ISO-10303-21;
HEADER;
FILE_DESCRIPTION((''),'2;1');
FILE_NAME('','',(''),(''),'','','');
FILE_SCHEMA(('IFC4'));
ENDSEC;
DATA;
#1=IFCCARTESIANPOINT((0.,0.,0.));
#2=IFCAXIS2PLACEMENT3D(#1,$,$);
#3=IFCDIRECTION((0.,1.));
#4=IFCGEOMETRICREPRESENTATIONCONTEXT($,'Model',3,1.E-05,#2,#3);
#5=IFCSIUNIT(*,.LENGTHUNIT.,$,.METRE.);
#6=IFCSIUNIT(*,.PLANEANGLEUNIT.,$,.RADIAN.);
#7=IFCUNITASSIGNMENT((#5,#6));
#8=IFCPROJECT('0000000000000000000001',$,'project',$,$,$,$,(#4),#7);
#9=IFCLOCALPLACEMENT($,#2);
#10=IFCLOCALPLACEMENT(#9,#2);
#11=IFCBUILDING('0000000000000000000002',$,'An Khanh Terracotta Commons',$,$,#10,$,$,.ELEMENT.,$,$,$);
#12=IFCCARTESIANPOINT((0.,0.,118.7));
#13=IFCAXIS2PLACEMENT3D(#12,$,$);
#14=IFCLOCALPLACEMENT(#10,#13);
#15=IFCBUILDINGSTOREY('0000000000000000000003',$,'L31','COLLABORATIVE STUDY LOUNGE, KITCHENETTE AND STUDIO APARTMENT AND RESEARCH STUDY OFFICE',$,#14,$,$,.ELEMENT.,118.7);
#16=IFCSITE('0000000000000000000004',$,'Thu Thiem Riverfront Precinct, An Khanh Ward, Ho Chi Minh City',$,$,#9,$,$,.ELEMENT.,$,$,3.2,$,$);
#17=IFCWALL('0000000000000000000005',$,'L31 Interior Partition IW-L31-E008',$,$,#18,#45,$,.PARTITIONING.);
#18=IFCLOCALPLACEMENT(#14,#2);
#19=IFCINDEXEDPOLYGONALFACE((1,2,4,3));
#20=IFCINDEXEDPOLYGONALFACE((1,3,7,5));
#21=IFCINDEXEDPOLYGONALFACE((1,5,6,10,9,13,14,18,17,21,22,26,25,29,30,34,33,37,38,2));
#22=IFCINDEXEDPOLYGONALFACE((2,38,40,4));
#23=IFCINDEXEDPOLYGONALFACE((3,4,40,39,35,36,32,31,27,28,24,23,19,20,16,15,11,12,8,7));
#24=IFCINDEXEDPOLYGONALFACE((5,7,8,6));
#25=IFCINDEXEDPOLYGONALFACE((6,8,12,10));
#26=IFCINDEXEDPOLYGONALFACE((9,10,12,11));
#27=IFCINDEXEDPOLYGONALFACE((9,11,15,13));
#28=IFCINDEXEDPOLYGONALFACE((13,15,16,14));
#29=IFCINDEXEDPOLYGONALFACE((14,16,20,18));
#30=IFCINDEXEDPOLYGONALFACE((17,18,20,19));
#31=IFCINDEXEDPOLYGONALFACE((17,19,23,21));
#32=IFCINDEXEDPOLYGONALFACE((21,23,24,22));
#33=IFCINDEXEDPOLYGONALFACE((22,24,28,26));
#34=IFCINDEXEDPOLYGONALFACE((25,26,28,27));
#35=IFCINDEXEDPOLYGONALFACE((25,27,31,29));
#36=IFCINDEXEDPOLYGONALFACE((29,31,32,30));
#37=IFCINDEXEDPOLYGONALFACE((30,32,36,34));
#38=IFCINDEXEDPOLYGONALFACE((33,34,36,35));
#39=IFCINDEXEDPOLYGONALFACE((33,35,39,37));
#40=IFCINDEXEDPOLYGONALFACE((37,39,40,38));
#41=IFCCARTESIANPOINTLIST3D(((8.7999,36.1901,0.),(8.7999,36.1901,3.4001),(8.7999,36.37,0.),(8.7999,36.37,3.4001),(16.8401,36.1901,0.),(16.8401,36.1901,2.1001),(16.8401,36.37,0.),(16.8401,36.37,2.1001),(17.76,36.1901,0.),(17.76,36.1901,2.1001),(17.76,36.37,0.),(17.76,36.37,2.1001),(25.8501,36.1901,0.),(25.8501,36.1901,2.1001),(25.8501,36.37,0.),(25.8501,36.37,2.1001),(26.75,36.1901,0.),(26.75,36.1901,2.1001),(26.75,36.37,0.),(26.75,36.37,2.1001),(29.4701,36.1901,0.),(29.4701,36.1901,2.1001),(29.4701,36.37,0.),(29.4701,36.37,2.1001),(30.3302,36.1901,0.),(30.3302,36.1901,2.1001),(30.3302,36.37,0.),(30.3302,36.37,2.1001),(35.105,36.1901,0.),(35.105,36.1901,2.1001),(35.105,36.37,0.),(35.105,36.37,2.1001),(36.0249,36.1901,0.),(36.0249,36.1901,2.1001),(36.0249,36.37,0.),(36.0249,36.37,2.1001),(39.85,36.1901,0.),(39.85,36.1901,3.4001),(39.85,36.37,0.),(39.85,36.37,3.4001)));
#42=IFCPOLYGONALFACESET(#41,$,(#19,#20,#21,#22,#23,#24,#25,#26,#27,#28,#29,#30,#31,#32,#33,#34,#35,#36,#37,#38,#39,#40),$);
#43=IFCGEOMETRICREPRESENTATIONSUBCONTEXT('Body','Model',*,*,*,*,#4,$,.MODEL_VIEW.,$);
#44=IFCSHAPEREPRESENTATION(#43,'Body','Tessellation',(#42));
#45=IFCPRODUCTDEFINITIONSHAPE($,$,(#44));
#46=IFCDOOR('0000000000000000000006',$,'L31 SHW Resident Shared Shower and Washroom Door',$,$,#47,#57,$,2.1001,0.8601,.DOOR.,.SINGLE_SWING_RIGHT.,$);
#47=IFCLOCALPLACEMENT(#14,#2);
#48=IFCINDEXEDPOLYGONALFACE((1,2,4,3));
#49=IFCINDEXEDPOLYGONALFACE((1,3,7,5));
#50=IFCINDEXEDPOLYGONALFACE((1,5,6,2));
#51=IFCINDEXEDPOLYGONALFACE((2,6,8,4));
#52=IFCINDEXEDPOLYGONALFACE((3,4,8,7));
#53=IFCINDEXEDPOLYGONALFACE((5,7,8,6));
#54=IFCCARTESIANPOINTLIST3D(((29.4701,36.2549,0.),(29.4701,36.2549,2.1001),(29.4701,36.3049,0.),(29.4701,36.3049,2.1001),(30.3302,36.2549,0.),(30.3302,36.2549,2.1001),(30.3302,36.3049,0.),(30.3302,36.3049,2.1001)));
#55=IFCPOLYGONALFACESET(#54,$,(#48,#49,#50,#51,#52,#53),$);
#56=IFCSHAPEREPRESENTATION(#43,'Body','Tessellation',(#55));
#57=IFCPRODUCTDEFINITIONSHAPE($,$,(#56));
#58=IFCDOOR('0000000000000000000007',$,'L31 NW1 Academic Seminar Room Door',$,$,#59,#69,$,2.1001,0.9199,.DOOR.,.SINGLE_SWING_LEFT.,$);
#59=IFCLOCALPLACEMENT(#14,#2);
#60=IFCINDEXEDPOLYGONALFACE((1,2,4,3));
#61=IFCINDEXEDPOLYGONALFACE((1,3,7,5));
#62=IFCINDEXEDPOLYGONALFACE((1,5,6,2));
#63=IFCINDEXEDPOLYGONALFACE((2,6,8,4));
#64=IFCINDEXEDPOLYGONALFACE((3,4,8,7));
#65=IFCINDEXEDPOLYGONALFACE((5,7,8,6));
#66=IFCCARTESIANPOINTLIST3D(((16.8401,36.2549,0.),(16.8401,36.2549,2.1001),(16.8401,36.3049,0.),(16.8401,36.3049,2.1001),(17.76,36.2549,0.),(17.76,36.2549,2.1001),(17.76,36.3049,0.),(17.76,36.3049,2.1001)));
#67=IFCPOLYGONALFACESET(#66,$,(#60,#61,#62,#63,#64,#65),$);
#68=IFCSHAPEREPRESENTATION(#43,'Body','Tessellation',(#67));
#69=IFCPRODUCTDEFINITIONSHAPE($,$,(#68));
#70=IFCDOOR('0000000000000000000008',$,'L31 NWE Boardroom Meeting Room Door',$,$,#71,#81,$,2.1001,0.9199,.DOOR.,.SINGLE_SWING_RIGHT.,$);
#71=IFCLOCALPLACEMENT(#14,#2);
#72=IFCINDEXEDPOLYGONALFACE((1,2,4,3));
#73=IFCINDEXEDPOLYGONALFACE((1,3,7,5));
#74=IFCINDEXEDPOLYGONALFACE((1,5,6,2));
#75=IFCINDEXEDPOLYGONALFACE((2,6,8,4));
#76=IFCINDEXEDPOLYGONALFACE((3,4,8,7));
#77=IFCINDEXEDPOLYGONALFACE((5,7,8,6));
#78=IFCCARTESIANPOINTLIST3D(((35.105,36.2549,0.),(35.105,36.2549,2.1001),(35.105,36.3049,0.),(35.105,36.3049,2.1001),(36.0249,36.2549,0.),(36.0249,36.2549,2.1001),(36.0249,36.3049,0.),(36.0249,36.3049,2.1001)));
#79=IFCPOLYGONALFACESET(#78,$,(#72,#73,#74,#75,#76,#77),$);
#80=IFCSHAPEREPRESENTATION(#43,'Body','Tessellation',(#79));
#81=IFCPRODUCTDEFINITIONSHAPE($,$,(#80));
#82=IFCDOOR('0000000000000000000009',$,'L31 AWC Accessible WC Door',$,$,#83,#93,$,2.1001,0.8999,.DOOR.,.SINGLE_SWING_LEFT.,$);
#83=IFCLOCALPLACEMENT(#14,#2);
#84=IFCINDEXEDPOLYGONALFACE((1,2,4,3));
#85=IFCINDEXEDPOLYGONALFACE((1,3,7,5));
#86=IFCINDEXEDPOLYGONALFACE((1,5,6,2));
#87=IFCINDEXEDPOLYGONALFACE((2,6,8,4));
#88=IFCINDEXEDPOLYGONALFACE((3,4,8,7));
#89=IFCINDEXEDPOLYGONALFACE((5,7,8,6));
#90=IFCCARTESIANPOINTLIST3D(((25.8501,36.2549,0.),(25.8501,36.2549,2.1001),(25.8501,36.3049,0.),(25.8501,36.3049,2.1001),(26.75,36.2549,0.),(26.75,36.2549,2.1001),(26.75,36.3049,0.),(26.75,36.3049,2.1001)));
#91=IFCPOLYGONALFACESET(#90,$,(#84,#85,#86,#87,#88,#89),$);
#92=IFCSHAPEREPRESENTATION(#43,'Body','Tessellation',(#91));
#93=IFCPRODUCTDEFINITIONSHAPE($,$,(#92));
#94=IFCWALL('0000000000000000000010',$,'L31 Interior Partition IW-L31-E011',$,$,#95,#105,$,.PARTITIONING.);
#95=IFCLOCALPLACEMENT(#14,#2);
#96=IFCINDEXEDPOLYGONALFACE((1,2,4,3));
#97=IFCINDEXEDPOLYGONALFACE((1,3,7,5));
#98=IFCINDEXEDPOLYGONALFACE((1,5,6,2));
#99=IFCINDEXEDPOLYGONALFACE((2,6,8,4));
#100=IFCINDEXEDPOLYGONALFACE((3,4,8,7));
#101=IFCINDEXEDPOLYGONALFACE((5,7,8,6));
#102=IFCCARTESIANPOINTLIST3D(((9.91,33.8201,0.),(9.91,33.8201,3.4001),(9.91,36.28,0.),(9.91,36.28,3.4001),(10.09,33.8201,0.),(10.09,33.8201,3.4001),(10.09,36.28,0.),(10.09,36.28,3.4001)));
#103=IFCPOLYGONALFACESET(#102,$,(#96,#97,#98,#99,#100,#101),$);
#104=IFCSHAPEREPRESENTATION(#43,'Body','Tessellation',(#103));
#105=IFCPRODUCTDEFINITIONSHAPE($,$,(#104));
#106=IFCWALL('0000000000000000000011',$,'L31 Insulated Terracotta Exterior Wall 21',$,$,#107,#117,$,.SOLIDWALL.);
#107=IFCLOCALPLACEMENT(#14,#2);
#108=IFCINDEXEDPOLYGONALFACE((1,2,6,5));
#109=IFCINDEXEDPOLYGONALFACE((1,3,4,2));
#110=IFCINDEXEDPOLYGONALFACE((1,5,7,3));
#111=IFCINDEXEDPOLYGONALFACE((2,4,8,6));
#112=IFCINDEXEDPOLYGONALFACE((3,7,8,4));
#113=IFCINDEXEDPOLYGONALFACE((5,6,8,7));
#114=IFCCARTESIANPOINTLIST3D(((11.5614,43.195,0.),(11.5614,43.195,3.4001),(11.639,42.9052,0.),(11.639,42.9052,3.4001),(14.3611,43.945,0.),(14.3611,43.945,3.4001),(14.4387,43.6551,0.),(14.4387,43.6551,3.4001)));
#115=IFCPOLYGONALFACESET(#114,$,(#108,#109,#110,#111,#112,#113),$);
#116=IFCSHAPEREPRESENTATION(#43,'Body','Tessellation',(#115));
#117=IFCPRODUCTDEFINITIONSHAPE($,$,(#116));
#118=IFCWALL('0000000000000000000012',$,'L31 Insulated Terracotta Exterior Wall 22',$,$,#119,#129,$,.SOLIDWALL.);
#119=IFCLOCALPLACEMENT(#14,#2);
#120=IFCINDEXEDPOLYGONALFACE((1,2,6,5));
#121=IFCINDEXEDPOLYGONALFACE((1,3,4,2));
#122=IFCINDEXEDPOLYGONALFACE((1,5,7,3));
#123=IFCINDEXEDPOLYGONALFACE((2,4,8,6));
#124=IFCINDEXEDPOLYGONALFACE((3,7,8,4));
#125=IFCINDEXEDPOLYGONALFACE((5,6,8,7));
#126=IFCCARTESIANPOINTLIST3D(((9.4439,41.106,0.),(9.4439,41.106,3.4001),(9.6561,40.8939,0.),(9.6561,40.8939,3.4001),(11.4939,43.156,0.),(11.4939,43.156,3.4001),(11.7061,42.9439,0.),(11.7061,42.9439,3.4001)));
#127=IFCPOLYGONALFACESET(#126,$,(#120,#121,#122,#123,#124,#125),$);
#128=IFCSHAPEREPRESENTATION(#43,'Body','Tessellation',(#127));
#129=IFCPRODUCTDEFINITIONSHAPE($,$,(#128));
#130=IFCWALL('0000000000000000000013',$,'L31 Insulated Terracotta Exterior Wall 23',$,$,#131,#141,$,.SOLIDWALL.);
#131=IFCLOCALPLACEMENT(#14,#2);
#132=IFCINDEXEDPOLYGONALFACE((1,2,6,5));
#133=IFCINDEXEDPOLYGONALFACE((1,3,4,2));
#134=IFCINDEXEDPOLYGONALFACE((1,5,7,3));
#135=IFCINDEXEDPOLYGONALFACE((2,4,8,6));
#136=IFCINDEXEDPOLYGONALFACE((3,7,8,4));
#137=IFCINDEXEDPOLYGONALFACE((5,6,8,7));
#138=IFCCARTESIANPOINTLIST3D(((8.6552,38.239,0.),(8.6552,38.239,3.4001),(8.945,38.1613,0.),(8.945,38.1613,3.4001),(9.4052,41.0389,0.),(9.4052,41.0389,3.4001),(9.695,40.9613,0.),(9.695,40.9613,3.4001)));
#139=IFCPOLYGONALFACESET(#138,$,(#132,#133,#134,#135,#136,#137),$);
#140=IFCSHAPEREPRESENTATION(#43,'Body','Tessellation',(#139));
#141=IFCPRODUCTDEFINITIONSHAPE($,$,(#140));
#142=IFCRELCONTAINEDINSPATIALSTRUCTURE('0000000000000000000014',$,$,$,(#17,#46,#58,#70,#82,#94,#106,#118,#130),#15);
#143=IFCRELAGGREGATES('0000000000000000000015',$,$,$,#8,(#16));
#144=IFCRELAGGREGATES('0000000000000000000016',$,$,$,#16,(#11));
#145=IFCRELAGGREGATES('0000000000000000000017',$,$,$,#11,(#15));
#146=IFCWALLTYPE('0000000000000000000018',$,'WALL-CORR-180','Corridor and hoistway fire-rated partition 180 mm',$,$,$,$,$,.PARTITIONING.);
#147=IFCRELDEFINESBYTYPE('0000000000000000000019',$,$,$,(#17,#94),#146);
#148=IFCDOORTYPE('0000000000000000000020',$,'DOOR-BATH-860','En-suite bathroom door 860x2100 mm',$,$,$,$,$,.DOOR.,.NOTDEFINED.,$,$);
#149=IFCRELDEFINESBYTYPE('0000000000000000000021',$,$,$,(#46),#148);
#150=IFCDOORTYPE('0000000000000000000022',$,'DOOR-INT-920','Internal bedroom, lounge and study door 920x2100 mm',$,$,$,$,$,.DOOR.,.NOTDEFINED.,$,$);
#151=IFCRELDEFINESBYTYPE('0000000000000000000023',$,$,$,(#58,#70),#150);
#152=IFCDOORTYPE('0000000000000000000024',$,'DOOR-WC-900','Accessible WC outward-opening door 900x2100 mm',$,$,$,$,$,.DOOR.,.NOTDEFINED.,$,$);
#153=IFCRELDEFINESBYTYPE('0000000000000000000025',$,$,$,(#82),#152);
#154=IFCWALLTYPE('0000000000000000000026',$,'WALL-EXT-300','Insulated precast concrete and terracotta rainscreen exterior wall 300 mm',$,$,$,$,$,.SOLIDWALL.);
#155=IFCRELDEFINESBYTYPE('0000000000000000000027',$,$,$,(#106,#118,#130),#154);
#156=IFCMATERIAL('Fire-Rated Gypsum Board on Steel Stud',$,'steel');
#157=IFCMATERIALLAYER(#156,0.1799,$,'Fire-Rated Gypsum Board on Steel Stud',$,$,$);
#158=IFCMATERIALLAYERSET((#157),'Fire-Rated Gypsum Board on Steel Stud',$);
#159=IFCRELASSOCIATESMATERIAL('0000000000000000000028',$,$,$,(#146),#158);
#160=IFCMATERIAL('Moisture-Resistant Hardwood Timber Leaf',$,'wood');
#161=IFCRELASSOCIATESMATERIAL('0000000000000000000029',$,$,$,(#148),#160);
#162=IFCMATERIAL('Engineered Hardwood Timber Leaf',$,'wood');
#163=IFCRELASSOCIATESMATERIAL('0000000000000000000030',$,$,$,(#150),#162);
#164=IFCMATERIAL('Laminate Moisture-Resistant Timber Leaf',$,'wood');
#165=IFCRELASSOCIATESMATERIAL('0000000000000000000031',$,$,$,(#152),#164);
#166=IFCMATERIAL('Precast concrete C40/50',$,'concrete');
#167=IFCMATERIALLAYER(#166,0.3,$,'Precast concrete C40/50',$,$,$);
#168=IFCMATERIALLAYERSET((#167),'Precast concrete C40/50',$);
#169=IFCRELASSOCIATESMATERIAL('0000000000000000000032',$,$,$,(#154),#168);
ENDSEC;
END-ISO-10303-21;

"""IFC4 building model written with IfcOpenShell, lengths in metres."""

from ifc_helpers import new_model, si_unit, direction, frame, frame_2d, origin, place, context, subcontext, project, spatial, rectangle, extrude, material, layer, layer_set, type_object, element, fill, save


model = new_model("IFC4")

# Units and contexts
model_context = context("Model", 3, precision=1e-05, world=origin(), true_north=direction((0.0, 1.0)))
body_context = subcontext(model_context, "Body", "Model", "MODEL_VIEW")
ifc_project = project(units=[si_unit("LENGTHUNIT", "METRE"), si_unit("PLANEANGLEUNIT", "RADIAN")], contexts=[model_context])

# Site, building, storey
site_placement = place(None, origin())
site = spatial("IfcSite", under=ifc_project, at=site_placement, Name="Thu Thiem Riverfront Precinct, An Khanh Ward, Ho Chi Minh City", CompositionType="ELEMENT", RefElevation=3.2)
building_placement = place(site_placement, origin())
building = spatial("IfcBuilding", under=site, at=building_placement, Name="An Khanh Terracotta Commons", CompositionType="ELEMENT")
storey_placement = place(building_placement, frame((0.0, 0.0, 118.7)))
storey = spatial("IfcBuildingStorey", under=building, at=storey_placement, Name="L31", Description="COLLABORATIVE STUDY LOUNGE, KITCHENETTE AND STUDIO APARTMENT AND RESEARCH STUDY OFFICE", CompositionType="ELEMENT", Elevation=118.7)

# Shared definitions
ifc_material_1 = material(Name="Fire-Rated Gypsum Board on Steel Stud", Category="steel")
ifc_layer_1 = layer(ifc_material_1, 0.1799, Name="Fire-Rated Gypsum Board on Steel Stud")
ifc_layer_set_1 = layer_set([ifc_layer_1], Name="Fire-Rated Gypsum Board on Steel Stud")
wall_type_1 = type_object("IfcWallType", Name="WALL-CORR-180", Description="Corridor and hoistway fire-rated partition 180 mm", PredefinedType="PARTITIONING", material=ifc_layer_set_1)

# Wall, openings, doors
wall_1_placement = place(storey_placement, frame((8.8, 36.28, 0.0), z_axis=(0.0, 0.0, 1.0), x_axis=(1.0, 0.0, 0.0)))
wall_1 = element("IfcWall", 1, at=wall_1_placement, inside=storey, type_object=wall_type_1, Name="L31 Interior Partition IW-L31-E008", PredefinedType="PARTITIONING", context=body_context, shape_type="SweptSolid", body=[
    extrude(rectangle(XDim=31.05, YDim=0.1799, at=frame_2d((15.5249, 0.0))), origin(), (0.0, 0.0, 1.0), 3.4001),
])
opening_1_placement = place(wall_1_placement, frame((17.05, 0.0, 0.0)))
opening_1 = element("IfcOpeningElement", 2, at=opening_1_placement, cuts=wall_1, PredefinedType="OPENING", context=body_context, shape_type="SweptSolid", body=[
    extrude(rectangle(XDim=0.8999, YDim=2.1001, at=frame_2d((0.45, 1.05))), frame((0.0, 0.0999, 0.0), z_axis=(0.0, -1.0, 0.0), x_axis=(1.0, 0.0, 0.0)), (0.0, 0.0, 1.0), 0.2),
])
opening_2_placement = place(wall_1_placement, frame((20.6699, 0.0, 0.0)))
opening_2 = element("IfcOpeningElement", 3, at=opening_2_placement, cuts=wall_1, PredefinedType="OPENING", context=body_context, shape_type="SweptSolid", body=[
    extrude(rectangle(XDim=0.8601, YDim=2.1001, at=frame_2d((0.4302, 1.05))), frame((0.0, 0.0999, 0.0), z_axis=(0.0, -1.0, 0.0), x_axis=(1.0, 0.0, 0.0)), (0.0, 0.0, 1.0), 0.2),
])
opening_3_placement = place(wall_1_placement, frame((8.04, 0.0, 0.0)))
opening_3 = element("IfcOpeningElement", 4, at=opening_3_placement, cuts=wall_1, PredefinedType="OPENING", context=body_context, shape_type="SweptSolid", body=[
    extrude(rectangle(XDim=0.9199, YDim=2.1001, at=frame_2d((0.46, 1.05))), frame((0.0, 0.0999, 0.0), z_axis=(0.0, -1.0, 0.0), x_axis=(1.0, 0.0, 0.0)), (0.0, 0.0, 1.0), 0.2),
])
opening_4_placement = place(wall_1_placement, frame((26.3049, 0.0, 0.0)))
opening_4 = element("IfcOpeningElement", 5, at=opening_4_placement, cuts=wall_1, PredefinedType="OPENING", context=body_context, shape_type="SweptSolid", body=[
    extrude(rectangle(XDim=0.9199, YDim=2.1001, at=frame_2d((0.46, 1.05))), frame((0.0, 0.0999, 0.0), z_axis=(0.0, -1.0, 0.0), x_axis=(1.0, 0.0, 0.0)), (0.0, 0.0, 1.0), 0.2),
])
ifc_material_2 = material(Name="Moisture-Resistant Hardwood Timber Leaf", Category="wood")
door_type_1 = type_object("IfcDoorType", Name="DOOR-BATH-860", Description="En-suite bathroom door 860x2100 mm", OperationType="NOTDEFINED", PredefinedType="DOOR", material=ifc_material_2)
door_1_placement = place(opening_2_placement, origin())
door_1 = element("IfcDoor", 6, at=door_1_placement, inside=storey, type_object=door_type_1, Name="L31 SHW Resident Shared Shower and Washroom Door", OperationType="SINGLE_SWING_RIGHT", OverallHeight=2.1001, OverallWidth=0.8601, PredefinedType="DOOR", context=body_context, shape_type="SweptSolid", body=[
    extrude(rectangle(XDim=0.8601, YDim=2.1001, at=frame_2d((0.4302, 1.05))), frame((0.0, 0.0249, 0.0), z_axis=(0.0, -1.0, 0.0), x_axis=(1.0, 0.0, 0.0)), (0.0, 0.0, 1.0), 0.05),
])
fill(opening_2, door_1)
ifc_material_3 = material(Name="Engineered Hardwood Timber Leaf", Category="wood")
door_type_2 = type_object("IfcDoorType", Name="DOOR-INT-920", Description="Internal bedroom, lounge and study door 920x2100 mm", OperationType="NOTDEFINED", PredefinedType="DOOR", material=ifc_material_3)
door_2_placement = place(opening_3_placement, origin())
door_2 = element("IfcDoor", 7, at=door_2_placement, inside=storey, type_object=door_type_2, Name="L31 NW1 Academic Seminar Room Door", OperationType="SINGLE_SWING_LEFT", OverallHeight=2.1001, OverallWidth=0.9199, PredefinedType="DOOR", context=body_context, shape_type="SweptSolid", body=[
    extrude(rectangle(XDim=0.9199, YDim=2.1001, at=frame_2d((0.46, 1.05))), frame((0.0, 0.0249, 0.0), z_axis=(0.0, -1.0, 0.0), x_axis=(1.0, 0.0, 0.0)), (0.0, 0.0, 1.0), 0.05),
])
fill(opening_3, door_2)
door_3_placement = place(opening_4_placement, origin())
door_3 = element("IfcDoor", 8, at=door_3_placement, inside=storey, type_object=door_type_2, Name="L31 NWE Boardroom Meeting Room Door", OperationType="SINGLE_SWING_RIGHT", OverallHeight=2.1001, OverallWidth=0.9199, PredefinedType="DOOR", context=body_context, shape_type="SweptSolid", body=[
    extrude(rectangle(XDim=0.9199, YDim=2.1001, at=frame_2d((0.46, 1.05))), frame((0.0, 0.0249, 0.0), z_axis=(0.0, -1.0, 0.0), x_axis=(1.0, 0.0, 0.0)), (0.0, 0.0, 1.0), 0.05),
])
fill(opening_4, door_3)
ifc_material_4 = material(Name="Laminate Moisture-Resistant Timber Leaf", Category="wood")
door_type_3 = type_object("IfcDoorType", Name="DOOR-WC-900", Description="Accessible WC outward-opening door 900x2100 mm", OperationType="NOTDEFINED", PredefinedType="DOOR", material=ifc_material_4)
door_4_placement = place(opening_1_placement, origin())
door_4 = element("IfcDoor", 9, at=door_4_placement, inside=storey, type_object=door_type_3, Name="L31 AWC Accessible WC Door", OperationType="SINGLE_SWING_LEFT", OverallHeight=2.1001, OverallWidth=0.8999, PredefinedType="DOOR", context=body_context, shape_type="SweptSolid", body=[
    extrude(rectangle(XDim=0.8999, YDim=2.1001, at=frame_2d((0.45, 1.05))), frame((0.0, 0.0249, 0.0), z_axis=(0.0, -1.0, 0.0), x_axis=(1.0, 0.0, 0.0)), (0.0, 0.0, 1.0), 0.05),
])
fill(opening_1, door_4)

# Walls
wall_2_placement = place(storey_placement, frame((10.0, 33.8201, 0.0), z_axis=(0.0, 0.0, 1.0), x_axis=(0.0, 1.0, 0.0)))
element("IfcWall", 10, at=wall_2_placement, inside=storey, type_object=wall_type_1, Name="L31 Interior Partition IW-L31-E011", PredefinedType="PARTITIONING", context=body_context, shape_type="SweptSolid", body=[
    extrude(rectangle(XDim=2.46, YDim=0.1799, at=frame_2d((1.23, 0.0))), origin(), (0.0, 0.0, 1.0), 3.4001),
])
ifc_material_5 = material(Name="Precast concrete C40/50", Category="concrete")
ifc_layer_2 = layer(ifc_material_5, 0.3, Name="Precast concrete C40/50")
ifc_layer_set_2 = layer_set([ifc_layer_2], Name="Precast concrete C40/50")
wall_type_2 = type_object("IfcWallType", Name="WALL-EXT-300", Description="Insulated precast concrete and terracotta rainscreen exterior wall 300 mm", PredefinedType="SOLIDWALL", material=ifc_layer_set_2)
wall_3_placement = place(storey_placement, frame((14.3999, 43.8, 0.0), z_axis=(0.0, 0.0, 1.0), x_axis=(-0.965944, -0.258753, 0.0)))
element("IfcWall", 11, at=wall_3_placement, inside=storey, type_object=wall_type_2, Name="L31 Insulated Terracotta Exterior Wall 21", PredefinedType="SOLIDWALL", context=body_context, shape_type="SweptSolid", body=[
    extrude(rectangle(XDim=2.8984, YDim=0.3, at=frame_2d((1.4492, 0.0))), origin(), (0.0, 0.0, 1.0), 3.4001),
])
wall_4_placement = place(storey_placement, frame((11.6001, 43.05, 0.0), z_axis=(0.0, 0.0, 1.0), x_axis=(-0.707107, -0.707107, 0.0)))
element("IfcWall", 12, at=wall_4_placement, inside=storey, type_object=wall_type_2, Name="L31 Insulated Terracotta Exterior Wall 22", PredefinedType="SOLIDWALL", context=body_context, shape_type="SweptSolid", body=[
    extrude(rectangle(XDim=2.8992, YDim=0.3, at=frame_2d((1.4497, 0.0))), origin(), (0.0, 0.0, 1.0), 3.4001),
])
wall_5_placement = place(storey_placement, frame((9.55, 41.0, 0.0), z_axis=(0.0, 0.0, 1.0), x_axis=(-0.258732, -0.965949, 0.0)))
element("IfcWall", 13, at=wall_5_placement, inside=storey, type_object=wall_type_2, Name="L31 Insulated Terracotta Exterior Wall 23", PredefinedType="SOLIDWALL", context=body_context, shape_type="SweptSolid", body=[
    extrude(rectangle(XDim=2.8987, YDim=0.3, at=frame_2d((1.4492, 0.0))), origin(), (0.0, 0.0, 1.0), 3.4001),
])

save(model, "model.ifc")
